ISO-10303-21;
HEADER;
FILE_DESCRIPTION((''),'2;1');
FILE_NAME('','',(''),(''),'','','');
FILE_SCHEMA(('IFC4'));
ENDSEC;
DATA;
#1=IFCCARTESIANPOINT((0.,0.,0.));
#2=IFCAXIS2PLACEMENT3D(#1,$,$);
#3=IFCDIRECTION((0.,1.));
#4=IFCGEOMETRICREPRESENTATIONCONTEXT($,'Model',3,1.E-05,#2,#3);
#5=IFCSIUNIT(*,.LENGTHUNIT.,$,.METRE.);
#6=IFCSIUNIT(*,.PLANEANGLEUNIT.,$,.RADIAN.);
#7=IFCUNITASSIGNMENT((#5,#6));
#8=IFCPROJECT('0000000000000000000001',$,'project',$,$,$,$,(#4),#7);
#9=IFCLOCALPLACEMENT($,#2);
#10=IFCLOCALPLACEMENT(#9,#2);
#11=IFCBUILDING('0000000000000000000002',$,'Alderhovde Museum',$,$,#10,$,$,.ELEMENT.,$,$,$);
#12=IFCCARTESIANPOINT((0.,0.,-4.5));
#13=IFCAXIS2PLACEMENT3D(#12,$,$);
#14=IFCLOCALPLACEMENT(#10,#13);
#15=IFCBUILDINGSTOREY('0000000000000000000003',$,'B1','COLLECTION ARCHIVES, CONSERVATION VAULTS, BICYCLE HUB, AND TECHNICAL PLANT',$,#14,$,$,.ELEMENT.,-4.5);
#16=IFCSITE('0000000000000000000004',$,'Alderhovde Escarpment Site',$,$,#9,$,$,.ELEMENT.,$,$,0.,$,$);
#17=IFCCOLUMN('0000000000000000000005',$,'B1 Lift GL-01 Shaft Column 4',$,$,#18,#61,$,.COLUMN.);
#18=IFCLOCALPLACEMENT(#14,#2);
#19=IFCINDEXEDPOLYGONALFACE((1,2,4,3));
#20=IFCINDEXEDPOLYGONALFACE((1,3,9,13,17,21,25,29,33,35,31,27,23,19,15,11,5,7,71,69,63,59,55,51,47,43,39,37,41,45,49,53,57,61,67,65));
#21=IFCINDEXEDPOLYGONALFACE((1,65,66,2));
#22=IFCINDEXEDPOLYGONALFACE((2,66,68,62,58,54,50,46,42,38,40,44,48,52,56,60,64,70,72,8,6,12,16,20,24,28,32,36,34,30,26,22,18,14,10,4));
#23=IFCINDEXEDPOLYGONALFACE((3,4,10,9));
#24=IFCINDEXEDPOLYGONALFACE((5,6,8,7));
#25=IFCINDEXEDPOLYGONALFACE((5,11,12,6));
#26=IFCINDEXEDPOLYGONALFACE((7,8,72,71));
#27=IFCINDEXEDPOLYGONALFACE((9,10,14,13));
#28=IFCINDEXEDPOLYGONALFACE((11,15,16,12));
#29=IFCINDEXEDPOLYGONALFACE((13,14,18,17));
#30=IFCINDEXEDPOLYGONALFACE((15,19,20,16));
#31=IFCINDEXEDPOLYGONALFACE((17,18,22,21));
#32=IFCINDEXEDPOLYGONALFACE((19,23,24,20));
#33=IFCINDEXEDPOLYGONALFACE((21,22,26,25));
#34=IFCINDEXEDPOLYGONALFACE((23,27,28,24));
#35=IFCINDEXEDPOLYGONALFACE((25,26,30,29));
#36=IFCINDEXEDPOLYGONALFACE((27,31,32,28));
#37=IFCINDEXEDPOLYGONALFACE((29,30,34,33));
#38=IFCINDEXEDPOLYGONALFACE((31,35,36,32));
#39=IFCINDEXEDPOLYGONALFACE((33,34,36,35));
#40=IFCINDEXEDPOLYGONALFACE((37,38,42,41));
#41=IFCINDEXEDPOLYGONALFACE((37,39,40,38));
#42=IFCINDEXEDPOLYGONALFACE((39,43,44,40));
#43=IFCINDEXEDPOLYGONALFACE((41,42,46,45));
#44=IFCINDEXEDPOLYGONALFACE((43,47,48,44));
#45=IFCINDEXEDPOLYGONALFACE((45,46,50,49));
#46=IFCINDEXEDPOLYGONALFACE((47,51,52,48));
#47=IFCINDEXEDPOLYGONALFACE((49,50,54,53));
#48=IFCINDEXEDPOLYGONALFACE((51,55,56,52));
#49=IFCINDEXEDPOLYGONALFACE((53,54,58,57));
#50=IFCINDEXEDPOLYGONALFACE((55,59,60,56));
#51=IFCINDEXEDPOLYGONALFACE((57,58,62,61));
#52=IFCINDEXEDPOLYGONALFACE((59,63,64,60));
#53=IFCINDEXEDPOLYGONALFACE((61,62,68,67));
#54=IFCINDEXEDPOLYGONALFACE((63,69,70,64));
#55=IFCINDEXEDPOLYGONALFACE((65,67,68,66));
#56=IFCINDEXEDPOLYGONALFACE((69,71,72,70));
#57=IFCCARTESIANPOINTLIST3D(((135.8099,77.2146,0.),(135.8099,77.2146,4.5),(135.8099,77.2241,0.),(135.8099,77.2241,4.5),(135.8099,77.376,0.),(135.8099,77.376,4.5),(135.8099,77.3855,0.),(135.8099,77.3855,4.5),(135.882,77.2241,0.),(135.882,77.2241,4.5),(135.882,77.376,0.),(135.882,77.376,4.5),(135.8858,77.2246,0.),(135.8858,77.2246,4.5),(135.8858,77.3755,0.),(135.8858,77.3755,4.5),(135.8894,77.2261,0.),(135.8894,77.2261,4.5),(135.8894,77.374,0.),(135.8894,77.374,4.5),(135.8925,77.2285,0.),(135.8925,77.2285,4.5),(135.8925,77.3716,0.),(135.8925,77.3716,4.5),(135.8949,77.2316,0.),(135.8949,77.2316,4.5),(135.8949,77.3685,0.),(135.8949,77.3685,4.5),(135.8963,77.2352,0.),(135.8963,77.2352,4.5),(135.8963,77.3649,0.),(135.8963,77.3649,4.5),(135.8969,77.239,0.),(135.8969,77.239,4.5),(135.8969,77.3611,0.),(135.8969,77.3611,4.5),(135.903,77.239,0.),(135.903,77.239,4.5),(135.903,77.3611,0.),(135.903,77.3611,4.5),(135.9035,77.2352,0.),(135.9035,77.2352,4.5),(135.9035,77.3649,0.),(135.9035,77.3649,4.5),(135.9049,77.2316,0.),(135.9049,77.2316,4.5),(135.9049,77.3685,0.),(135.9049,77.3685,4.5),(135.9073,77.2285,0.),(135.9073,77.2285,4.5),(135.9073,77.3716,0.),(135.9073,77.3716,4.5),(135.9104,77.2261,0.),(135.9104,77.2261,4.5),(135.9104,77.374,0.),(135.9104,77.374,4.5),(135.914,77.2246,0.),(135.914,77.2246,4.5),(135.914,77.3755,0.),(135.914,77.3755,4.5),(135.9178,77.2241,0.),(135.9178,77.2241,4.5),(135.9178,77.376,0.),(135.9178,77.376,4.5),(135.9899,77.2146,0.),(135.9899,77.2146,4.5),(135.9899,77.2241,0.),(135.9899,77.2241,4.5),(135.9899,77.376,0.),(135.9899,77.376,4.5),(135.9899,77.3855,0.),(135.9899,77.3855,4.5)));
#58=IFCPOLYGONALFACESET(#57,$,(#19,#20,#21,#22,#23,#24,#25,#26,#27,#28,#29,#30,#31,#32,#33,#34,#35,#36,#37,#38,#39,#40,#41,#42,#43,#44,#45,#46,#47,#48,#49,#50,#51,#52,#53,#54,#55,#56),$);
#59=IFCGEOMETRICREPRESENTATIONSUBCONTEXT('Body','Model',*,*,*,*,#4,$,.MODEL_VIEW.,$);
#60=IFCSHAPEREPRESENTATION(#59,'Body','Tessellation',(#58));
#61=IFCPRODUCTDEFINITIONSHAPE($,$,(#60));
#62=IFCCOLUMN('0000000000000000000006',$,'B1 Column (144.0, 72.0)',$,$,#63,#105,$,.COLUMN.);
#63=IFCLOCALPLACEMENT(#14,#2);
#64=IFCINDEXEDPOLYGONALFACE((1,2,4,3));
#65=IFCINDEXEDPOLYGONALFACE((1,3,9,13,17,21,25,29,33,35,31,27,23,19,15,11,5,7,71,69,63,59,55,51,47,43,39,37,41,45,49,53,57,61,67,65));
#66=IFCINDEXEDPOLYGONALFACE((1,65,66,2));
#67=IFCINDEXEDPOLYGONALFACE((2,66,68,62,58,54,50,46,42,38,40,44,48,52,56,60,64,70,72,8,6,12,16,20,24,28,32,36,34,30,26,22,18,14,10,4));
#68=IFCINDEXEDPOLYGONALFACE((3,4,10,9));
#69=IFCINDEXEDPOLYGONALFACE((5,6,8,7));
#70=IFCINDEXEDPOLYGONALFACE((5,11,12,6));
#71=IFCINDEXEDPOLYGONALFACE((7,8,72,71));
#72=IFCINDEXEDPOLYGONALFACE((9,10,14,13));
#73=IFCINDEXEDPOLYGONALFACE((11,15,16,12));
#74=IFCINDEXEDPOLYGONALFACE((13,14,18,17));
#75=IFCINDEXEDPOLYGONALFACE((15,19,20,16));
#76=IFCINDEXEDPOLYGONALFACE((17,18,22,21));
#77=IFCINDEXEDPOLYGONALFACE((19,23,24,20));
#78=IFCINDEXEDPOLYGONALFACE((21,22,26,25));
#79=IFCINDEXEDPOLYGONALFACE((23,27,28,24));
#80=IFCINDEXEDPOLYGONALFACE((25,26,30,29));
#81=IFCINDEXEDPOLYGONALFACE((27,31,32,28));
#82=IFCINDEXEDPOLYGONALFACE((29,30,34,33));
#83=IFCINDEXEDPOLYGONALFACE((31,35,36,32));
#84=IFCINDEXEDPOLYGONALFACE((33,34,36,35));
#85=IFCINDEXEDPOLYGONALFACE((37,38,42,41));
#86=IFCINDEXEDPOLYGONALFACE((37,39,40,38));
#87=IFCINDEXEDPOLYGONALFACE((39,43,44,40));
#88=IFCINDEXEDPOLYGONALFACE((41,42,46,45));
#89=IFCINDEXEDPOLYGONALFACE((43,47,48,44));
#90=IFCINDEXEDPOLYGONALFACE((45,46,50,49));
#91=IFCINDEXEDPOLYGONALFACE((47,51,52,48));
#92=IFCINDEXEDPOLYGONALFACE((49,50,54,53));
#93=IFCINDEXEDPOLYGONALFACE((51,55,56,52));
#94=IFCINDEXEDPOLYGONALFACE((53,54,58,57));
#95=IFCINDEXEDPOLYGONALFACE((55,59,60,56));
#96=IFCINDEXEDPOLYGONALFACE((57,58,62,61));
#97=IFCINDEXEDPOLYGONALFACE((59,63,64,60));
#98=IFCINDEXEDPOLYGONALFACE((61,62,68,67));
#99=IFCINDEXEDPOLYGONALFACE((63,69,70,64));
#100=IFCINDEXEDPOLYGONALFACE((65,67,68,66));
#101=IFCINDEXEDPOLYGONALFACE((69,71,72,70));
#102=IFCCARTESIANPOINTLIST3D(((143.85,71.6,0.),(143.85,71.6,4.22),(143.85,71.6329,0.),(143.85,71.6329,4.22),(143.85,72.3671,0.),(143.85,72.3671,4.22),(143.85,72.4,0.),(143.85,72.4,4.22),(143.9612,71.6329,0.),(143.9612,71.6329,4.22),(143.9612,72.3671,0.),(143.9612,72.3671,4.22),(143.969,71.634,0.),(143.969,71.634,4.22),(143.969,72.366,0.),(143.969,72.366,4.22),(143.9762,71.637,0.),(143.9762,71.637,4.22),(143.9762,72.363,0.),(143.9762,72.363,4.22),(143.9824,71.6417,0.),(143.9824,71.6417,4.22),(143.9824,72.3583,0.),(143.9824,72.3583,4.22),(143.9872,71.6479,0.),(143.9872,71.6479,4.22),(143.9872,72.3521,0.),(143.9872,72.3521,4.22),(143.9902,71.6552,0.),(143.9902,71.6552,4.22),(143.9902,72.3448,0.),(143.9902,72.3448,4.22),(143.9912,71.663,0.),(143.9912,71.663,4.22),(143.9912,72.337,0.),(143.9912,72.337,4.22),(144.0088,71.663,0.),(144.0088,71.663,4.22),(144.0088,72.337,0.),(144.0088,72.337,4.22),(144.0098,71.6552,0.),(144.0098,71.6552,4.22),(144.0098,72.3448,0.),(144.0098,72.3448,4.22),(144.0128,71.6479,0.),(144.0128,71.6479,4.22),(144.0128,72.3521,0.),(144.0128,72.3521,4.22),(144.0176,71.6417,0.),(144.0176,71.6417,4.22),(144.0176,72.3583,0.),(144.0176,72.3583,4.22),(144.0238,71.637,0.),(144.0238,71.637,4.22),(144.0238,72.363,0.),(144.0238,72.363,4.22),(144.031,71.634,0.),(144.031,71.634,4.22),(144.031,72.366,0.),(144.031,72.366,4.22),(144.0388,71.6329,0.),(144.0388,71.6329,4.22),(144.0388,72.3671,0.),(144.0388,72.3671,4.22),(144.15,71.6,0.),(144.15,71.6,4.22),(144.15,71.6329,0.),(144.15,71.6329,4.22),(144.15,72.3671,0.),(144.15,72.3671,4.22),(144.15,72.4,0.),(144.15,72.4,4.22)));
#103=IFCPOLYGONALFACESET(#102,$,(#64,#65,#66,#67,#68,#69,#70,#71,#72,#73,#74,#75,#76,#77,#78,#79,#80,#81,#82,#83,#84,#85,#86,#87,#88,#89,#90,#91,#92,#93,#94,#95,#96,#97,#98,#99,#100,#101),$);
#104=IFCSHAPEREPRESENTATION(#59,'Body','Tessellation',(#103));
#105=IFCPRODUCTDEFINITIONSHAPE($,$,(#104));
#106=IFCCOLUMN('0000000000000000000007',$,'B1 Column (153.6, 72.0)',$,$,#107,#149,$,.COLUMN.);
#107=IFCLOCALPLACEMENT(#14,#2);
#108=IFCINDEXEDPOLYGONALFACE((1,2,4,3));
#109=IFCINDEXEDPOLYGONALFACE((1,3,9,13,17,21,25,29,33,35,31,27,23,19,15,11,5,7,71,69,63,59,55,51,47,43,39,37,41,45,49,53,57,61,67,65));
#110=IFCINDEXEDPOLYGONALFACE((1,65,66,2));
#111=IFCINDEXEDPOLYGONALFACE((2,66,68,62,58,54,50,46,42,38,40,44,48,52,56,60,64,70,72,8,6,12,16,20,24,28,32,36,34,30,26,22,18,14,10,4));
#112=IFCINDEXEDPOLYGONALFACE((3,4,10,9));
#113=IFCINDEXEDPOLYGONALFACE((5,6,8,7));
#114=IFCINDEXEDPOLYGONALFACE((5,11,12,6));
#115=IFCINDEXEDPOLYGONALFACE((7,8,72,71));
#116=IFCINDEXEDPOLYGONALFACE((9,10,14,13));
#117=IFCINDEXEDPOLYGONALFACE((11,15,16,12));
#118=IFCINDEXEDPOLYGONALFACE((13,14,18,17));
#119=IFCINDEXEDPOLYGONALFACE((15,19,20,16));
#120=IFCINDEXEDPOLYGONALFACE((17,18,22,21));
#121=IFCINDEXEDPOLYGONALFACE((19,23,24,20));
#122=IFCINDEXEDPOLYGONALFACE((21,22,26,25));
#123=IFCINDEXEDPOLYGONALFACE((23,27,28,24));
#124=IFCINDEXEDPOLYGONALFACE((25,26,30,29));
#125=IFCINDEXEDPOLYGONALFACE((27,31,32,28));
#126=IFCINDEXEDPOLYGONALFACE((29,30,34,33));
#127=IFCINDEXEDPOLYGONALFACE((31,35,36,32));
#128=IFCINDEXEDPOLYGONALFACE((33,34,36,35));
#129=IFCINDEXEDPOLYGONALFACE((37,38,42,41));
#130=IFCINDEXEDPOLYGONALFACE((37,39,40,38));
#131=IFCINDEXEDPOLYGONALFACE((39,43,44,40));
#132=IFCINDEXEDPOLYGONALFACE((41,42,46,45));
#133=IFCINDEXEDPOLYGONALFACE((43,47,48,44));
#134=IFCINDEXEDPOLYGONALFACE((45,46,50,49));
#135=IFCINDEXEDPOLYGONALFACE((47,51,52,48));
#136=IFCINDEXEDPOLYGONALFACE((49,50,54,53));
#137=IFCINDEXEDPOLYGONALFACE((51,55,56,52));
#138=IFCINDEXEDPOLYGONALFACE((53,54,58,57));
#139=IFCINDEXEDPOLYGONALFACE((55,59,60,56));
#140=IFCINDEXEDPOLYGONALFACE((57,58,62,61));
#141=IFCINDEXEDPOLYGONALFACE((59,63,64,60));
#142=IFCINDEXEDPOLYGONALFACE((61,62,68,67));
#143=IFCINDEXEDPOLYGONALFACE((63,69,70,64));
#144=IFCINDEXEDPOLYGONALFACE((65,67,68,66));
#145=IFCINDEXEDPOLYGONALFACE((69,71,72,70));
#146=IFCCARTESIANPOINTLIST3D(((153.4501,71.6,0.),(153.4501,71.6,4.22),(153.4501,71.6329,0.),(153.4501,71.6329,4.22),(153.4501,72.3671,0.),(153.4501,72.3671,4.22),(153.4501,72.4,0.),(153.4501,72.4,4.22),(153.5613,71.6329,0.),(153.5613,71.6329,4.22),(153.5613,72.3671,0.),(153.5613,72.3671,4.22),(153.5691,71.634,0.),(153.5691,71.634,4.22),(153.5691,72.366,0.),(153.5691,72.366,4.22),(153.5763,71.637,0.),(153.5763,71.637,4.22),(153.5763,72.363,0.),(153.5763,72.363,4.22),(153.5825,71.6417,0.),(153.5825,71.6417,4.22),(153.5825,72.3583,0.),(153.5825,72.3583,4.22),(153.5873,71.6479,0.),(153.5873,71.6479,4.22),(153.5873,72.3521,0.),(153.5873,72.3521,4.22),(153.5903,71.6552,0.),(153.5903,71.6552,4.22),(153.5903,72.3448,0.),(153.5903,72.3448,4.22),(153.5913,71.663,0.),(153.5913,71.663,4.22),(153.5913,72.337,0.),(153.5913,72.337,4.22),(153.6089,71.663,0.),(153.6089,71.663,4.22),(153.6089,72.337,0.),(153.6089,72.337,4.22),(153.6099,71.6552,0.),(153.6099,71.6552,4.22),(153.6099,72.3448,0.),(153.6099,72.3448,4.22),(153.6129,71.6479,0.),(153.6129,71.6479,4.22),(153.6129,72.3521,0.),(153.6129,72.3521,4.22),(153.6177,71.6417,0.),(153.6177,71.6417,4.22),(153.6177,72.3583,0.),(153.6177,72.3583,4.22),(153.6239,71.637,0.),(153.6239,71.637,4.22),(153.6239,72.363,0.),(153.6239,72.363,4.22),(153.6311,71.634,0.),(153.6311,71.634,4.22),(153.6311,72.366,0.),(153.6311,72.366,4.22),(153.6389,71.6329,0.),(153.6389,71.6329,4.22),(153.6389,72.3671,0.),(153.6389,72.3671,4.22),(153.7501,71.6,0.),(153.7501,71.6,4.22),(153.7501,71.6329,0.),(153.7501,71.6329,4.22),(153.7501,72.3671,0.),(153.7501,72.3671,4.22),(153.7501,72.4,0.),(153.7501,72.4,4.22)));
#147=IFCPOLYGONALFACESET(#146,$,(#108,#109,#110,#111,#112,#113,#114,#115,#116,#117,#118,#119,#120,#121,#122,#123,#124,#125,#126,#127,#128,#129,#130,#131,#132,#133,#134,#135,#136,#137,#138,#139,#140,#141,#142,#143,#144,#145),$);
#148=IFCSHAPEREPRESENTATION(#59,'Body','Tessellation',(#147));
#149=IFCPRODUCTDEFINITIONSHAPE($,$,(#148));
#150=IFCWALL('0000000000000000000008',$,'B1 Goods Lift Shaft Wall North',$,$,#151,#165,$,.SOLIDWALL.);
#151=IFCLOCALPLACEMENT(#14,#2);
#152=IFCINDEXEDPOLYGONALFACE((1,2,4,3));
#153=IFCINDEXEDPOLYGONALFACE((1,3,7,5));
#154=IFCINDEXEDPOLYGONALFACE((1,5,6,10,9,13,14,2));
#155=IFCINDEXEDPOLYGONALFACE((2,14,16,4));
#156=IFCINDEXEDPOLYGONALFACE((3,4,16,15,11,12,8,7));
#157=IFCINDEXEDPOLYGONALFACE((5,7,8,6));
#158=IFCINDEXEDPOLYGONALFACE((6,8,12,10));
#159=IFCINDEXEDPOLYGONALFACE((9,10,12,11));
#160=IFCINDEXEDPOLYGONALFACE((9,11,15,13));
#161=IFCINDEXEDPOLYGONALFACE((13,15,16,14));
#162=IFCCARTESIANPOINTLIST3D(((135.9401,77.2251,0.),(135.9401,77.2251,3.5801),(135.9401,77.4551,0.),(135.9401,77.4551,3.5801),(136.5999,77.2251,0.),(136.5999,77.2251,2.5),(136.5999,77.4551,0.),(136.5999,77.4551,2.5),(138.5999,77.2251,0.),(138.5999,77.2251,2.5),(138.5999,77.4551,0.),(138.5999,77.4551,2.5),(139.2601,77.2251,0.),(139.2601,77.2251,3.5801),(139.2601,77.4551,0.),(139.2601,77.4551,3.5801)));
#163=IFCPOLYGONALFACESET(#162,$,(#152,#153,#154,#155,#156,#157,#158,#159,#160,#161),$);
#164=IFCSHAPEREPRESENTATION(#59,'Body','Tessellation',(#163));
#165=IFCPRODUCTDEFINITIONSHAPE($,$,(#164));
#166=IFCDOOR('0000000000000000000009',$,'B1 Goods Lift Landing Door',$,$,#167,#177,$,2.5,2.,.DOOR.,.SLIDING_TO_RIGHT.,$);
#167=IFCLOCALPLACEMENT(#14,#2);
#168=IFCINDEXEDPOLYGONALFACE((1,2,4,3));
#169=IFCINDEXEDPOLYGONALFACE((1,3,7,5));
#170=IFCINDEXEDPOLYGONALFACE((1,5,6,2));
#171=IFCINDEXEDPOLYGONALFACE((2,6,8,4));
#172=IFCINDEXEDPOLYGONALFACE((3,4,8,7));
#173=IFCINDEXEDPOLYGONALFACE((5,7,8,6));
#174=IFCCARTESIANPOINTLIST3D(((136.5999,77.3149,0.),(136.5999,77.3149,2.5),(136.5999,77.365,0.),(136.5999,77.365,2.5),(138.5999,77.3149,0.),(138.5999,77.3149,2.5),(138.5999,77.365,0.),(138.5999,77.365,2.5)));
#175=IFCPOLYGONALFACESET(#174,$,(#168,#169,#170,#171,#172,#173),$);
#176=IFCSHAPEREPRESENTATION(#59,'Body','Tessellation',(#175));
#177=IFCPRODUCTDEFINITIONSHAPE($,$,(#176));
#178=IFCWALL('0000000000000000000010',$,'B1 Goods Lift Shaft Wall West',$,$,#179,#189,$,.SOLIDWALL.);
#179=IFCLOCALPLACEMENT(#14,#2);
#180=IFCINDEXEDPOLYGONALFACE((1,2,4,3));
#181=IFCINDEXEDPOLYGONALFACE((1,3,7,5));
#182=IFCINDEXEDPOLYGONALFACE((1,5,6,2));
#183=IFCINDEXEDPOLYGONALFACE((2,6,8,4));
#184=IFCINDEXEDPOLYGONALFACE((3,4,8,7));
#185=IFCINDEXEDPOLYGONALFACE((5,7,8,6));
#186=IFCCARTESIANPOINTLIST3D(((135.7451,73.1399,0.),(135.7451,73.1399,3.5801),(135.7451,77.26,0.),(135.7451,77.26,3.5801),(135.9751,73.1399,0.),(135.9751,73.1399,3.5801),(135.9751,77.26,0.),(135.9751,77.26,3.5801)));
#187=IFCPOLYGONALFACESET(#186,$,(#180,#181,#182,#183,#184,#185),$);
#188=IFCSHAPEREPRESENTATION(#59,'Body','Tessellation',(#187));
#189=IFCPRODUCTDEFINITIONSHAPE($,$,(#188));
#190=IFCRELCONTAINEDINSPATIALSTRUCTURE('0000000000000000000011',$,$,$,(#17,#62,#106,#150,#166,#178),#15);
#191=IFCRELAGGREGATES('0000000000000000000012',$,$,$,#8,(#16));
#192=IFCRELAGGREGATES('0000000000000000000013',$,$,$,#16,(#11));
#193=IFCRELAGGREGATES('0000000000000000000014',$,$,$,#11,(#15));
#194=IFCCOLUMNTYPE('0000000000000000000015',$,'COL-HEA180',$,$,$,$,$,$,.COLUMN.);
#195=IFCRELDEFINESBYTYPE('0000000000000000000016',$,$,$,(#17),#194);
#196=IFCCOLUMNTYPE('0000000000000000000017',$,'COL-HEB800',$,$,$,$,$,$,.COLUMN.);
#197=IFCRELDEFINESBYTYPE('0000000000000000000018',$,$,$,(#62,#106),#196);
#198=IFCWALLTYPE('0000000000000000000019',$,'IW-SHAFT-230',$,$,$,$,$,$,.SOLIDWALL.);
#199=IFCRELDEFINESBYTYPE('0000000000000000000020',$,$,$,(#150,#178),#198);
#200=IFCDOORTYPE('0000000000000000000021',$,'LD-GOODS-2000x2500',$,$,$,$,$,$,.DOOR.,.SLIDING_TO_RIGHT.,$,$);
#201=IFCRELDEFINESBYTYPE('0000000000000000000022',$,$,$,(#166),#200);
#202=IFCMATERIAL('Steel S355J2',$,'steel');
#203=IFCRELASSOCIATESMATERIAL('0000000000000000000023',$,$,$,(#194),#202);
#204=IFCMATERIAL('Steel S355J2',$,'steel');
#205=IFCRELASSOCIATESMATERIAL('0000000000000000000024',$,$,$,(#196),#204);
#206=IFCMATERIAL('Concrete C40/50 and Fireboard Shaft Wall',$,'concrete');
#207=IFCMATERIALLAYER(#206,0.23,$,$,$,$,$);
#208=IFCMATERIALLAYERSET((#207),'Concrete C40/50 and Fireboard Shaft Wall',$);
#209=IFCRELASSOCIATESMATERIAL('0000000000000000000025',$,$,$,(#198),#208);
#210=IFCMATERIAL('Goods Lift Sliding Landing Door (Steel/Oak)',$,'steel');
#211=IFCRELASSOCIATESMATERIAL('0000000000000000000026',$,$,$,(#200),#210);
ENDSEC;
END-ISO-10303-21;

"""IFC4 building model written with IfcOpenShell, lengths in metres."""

from ifc_helpers import new_model, si_unit, direction, frame, frame_2d, origin, origin_2d, place, context, subcontext, project, spatial, rectangle, i_section, extrude, material, layer, layer_set, material_profile, profile_set, type_object, element, fill, save


model = new_model("IFC4")

# Units and contexts
model_context = context("Model", 3, precision=1e-05, world=origin(), true_north=direction((0.0, 1.0)))
body_context = subcontext(model_context, "Body", "Model", "MODEL_VIEW")
ifc_project = project(units=[si_unit("LENGTHUNIT", "METRE"), si_unit("PLANEANGLEUNIT", "RADIAN")], contexts=[model_context])

# Site, building, storey
site_placement = place(None, origin())
site = spatial("IfcSite", under=ifc_project, at=site_placement, Name="Alderhovde Escarpment Site", CompositionType="ELEMENT", RefElevation=0.0)
building_placement = place(site_placement, origin())
building = spatial("IfcBuilding", under=site, at=building_placement, Name="Alderhovde Museum", CompositionType="ELEMENT")
storey_placement = place(building_placement, frame((0.0, 0.0, -4.5)))
storey = spatial("IfcBuildingStorey", under=building, at=storey_placement, Name="B1", Description="COLLECTION ARCHIVES, CONSERVATION VAULTS, BICYCLE HUB, AND TECHNICAL PLANT", CompositionType="ELEMENT", Elevation=-4.5)

# Columns
ifc_material_1 = material(Name="Steel S355J2", Category="steel")
ifc_material_profile_1 = material_profile(ifc_material_1, i_section(OverallWidth=0.1799, OverallDepth=0.1709, WebThickness=0.0061, FlangeThickness=0.0095, FilletRadius=0.0149, at=origin_2d()), Name="HEA 180")
ifc_profile_set_1 = profile_set([ifc_material_profile_1], Name="Steel S355J2")
column_type_1 = type_object("IfcColumnType", Name="COL-HEA180", PredefinedType="COLUMN", material=ifc_profile_set_1)
for number, where, z_axis, x_axis, name in (
    (1, (135.8999, 77.3, 0.0), (0.0, 0.0, 1.0), (1.0, 0.0, 0.0), "B1 Lift GL-01 Shaft Column 4"),
):
    element("IfcColumn", number, at=place(storey_placement, frame(where, z_axis=z_axis, x_axis=x_axis)), inside=storey, type_object=column_type_1, Name=name, PredefinedType="COLUMN", context=body_context, shape_type="SweptSolid", body=[
        extrude(i_section(OverallWidth=0.1799, OverallDepth=0.1709, WebThickness=0.0061, FlangeThickness=0.0095, FilletRadius=0.0149, at=origin_2d()), origin(), (0.0, 0.0, 1.0), 4.5),
    ])
ifc_material_2 = material(Name="Steel S355J2", Category="steel")
ifc_material_profile_2 = material_profile(ifc_material_2, i_section(OverallWidth=0.3, OverallDepth=0.8, WebThickness=0.0176, FlangeThickness=0.033, FilletRadius=0.03, at=origin_2d()), Name="HEB 800")
ifc_profile_set_2 = profile_set([ifc_material_profile_2], Name="Steel S355J2")
column_type_2 = type_object("IfcColumnType", Name="COL-HEB800", PredefinedType="COLUMN", material=ifc_profile_set_2)
for number, where, z_axis, x_axis, name in (
    (2, (144.0, 72.0, 0.0), (0.0, 0.0, 1.0), (1.0, 0.0, 0.0), "B1 Column (144.0, 72.0)"),
    (3, (153.6001, 72.0, 0.0), (0.0, 0.0, 1.0), (1.0, 0.0, 0.0), "B1 Column (153.6, 72.0)"),
):
    element("IfcColumn", number, at=place(storey_placement, frame(where, z_axis=z_axis, x_axis=x_axis)), inside=storey, type_object=column_type_2, Name=name, PredefinedType="COLUMN", context=body_context, shape_type="SweptSolid", body=[
        extrude(i_section(OverallWidth=0.3, OverallDepth=0.8, WebThickness=0.0176, FlangeThickness=0.033, FilletRadius=0.03, at=origin_2d()), origin(), (0.0, 0.0, 1.0), 4.22),
    ])

# Shared definitions
ifc_material_3 = material(Name="Concrete C40/50 and Fireboard Shaft Wall", Category="concrete")
ifc_layer = layer(ifc_material_3, 0.23)
ifc_layer_set = layer_set([ifc_layer], Name="Concrete C40/50 and Fireboard Shaft Wall")
wall_type = type_object("IfcWallType", Name="IW-SHAFT-230", PredefinedType="SOLIDWALL", material=ifc_layer_set)

# Wall, opening, door
wall_1_placement = place(storey_placement, frame((135.9399, 77.3401, 0.0), z_axis=(0.0, 0.0, 1.0), x_axis=(1.0, 0.0, 0.0)))
wall_1 = element("IfcWall", 4, at=wall_1_placement, inside=storey, type_object=wall_type, Name="B1 Goods Lift Shaft Wall North", PredefinedType="SOLIDWALL", context=body_context, shape_type="SweptSolid", body=[
    extrude(rectangle(XDim=3.3201, YDim=0.23, at=frame_2d((1.6602, 0.0))), origin(), (0.0, 0.0, 1.0), 3.5801),
])
opening_placement = place(wall_1_placement, frame((0.6599, 0.0, 0.0)))
opening = element("IfcOpeningElement", 5, at=opening_placement, cuts=wall_1, PredefinedType="OPENING", context=body_context, shape_type="SweptSolid", body=[
    extrude(rectangle(XDim=2.0, YDim=2.5, at=frame_2d((1.0, 1.25))), frame((0.0, 0.125, 0.0), z_axis=(0.0, -1.0, 0.0), x_axis=(1.0, 0.0, 0.0)), (0.0, 0.0, 1.0), 0.25),
])
ifc_material_4 = material(Name="Goods Lift Sliding Landing Door (Steel/Oak)", Category="steel")
door_type = type_object("IfcDoorType", Name="LD-GOODS-2000x2500", OperationType="SLIDING_TO_RIGHT", PredefinedType="DOOR", material=ifc_material_4)
door_placement = place(opening_placement, origin())
door = element("IfcDoor", 6, at=door_placement, inside=storey, type_object=door_type, Name="B1 Goods Lift Landing Door", OperationType="SLIDING_TO_RIGHT", OverallHeight=2.5, OverallWidth=2.0, PredefinedType="DOOR", context=body_context, shape_type="SweptSolid", body=[
    extrude(rectangle(XDim=2.0, YDim=2.5, at=frame_2d((1.0, 1.25))), frame((0.0, 0.0249, 0.0), z_axis=(0.0, -1.0, 0.0), x_axis=(1.0, 0.0, 0.0)), (0.0, 0.0, 1.0), 0.05),
])
fill(opening, door)

# Wall
for number, where, z_axis, x_axis, name in (
    (7, (135.8601, 73.1399, 0.0), (0.0, 0.0, 1.0), (0.0, 1.0, 0.0), "B1 Goods Lift Shaft Wall West"),
):
    element("IfcWall", number, at=place(storey_placement, frame(where, z_axis=z_axis, x_axis=x_axis)), inside=storey, type_object=wall_type, Name=name, PredefinedType="SOLIDWALL", context=body_context, shape_type="SweptSolid", body=[
        extrude(rectangle(XDim=4.1201, YDim=0.23, at=frame_2d((2.0601, 0.0))), origin(), (0.0, 0.0, 1.0), 3.5801),
    ])

save(model, "model.ifc")
